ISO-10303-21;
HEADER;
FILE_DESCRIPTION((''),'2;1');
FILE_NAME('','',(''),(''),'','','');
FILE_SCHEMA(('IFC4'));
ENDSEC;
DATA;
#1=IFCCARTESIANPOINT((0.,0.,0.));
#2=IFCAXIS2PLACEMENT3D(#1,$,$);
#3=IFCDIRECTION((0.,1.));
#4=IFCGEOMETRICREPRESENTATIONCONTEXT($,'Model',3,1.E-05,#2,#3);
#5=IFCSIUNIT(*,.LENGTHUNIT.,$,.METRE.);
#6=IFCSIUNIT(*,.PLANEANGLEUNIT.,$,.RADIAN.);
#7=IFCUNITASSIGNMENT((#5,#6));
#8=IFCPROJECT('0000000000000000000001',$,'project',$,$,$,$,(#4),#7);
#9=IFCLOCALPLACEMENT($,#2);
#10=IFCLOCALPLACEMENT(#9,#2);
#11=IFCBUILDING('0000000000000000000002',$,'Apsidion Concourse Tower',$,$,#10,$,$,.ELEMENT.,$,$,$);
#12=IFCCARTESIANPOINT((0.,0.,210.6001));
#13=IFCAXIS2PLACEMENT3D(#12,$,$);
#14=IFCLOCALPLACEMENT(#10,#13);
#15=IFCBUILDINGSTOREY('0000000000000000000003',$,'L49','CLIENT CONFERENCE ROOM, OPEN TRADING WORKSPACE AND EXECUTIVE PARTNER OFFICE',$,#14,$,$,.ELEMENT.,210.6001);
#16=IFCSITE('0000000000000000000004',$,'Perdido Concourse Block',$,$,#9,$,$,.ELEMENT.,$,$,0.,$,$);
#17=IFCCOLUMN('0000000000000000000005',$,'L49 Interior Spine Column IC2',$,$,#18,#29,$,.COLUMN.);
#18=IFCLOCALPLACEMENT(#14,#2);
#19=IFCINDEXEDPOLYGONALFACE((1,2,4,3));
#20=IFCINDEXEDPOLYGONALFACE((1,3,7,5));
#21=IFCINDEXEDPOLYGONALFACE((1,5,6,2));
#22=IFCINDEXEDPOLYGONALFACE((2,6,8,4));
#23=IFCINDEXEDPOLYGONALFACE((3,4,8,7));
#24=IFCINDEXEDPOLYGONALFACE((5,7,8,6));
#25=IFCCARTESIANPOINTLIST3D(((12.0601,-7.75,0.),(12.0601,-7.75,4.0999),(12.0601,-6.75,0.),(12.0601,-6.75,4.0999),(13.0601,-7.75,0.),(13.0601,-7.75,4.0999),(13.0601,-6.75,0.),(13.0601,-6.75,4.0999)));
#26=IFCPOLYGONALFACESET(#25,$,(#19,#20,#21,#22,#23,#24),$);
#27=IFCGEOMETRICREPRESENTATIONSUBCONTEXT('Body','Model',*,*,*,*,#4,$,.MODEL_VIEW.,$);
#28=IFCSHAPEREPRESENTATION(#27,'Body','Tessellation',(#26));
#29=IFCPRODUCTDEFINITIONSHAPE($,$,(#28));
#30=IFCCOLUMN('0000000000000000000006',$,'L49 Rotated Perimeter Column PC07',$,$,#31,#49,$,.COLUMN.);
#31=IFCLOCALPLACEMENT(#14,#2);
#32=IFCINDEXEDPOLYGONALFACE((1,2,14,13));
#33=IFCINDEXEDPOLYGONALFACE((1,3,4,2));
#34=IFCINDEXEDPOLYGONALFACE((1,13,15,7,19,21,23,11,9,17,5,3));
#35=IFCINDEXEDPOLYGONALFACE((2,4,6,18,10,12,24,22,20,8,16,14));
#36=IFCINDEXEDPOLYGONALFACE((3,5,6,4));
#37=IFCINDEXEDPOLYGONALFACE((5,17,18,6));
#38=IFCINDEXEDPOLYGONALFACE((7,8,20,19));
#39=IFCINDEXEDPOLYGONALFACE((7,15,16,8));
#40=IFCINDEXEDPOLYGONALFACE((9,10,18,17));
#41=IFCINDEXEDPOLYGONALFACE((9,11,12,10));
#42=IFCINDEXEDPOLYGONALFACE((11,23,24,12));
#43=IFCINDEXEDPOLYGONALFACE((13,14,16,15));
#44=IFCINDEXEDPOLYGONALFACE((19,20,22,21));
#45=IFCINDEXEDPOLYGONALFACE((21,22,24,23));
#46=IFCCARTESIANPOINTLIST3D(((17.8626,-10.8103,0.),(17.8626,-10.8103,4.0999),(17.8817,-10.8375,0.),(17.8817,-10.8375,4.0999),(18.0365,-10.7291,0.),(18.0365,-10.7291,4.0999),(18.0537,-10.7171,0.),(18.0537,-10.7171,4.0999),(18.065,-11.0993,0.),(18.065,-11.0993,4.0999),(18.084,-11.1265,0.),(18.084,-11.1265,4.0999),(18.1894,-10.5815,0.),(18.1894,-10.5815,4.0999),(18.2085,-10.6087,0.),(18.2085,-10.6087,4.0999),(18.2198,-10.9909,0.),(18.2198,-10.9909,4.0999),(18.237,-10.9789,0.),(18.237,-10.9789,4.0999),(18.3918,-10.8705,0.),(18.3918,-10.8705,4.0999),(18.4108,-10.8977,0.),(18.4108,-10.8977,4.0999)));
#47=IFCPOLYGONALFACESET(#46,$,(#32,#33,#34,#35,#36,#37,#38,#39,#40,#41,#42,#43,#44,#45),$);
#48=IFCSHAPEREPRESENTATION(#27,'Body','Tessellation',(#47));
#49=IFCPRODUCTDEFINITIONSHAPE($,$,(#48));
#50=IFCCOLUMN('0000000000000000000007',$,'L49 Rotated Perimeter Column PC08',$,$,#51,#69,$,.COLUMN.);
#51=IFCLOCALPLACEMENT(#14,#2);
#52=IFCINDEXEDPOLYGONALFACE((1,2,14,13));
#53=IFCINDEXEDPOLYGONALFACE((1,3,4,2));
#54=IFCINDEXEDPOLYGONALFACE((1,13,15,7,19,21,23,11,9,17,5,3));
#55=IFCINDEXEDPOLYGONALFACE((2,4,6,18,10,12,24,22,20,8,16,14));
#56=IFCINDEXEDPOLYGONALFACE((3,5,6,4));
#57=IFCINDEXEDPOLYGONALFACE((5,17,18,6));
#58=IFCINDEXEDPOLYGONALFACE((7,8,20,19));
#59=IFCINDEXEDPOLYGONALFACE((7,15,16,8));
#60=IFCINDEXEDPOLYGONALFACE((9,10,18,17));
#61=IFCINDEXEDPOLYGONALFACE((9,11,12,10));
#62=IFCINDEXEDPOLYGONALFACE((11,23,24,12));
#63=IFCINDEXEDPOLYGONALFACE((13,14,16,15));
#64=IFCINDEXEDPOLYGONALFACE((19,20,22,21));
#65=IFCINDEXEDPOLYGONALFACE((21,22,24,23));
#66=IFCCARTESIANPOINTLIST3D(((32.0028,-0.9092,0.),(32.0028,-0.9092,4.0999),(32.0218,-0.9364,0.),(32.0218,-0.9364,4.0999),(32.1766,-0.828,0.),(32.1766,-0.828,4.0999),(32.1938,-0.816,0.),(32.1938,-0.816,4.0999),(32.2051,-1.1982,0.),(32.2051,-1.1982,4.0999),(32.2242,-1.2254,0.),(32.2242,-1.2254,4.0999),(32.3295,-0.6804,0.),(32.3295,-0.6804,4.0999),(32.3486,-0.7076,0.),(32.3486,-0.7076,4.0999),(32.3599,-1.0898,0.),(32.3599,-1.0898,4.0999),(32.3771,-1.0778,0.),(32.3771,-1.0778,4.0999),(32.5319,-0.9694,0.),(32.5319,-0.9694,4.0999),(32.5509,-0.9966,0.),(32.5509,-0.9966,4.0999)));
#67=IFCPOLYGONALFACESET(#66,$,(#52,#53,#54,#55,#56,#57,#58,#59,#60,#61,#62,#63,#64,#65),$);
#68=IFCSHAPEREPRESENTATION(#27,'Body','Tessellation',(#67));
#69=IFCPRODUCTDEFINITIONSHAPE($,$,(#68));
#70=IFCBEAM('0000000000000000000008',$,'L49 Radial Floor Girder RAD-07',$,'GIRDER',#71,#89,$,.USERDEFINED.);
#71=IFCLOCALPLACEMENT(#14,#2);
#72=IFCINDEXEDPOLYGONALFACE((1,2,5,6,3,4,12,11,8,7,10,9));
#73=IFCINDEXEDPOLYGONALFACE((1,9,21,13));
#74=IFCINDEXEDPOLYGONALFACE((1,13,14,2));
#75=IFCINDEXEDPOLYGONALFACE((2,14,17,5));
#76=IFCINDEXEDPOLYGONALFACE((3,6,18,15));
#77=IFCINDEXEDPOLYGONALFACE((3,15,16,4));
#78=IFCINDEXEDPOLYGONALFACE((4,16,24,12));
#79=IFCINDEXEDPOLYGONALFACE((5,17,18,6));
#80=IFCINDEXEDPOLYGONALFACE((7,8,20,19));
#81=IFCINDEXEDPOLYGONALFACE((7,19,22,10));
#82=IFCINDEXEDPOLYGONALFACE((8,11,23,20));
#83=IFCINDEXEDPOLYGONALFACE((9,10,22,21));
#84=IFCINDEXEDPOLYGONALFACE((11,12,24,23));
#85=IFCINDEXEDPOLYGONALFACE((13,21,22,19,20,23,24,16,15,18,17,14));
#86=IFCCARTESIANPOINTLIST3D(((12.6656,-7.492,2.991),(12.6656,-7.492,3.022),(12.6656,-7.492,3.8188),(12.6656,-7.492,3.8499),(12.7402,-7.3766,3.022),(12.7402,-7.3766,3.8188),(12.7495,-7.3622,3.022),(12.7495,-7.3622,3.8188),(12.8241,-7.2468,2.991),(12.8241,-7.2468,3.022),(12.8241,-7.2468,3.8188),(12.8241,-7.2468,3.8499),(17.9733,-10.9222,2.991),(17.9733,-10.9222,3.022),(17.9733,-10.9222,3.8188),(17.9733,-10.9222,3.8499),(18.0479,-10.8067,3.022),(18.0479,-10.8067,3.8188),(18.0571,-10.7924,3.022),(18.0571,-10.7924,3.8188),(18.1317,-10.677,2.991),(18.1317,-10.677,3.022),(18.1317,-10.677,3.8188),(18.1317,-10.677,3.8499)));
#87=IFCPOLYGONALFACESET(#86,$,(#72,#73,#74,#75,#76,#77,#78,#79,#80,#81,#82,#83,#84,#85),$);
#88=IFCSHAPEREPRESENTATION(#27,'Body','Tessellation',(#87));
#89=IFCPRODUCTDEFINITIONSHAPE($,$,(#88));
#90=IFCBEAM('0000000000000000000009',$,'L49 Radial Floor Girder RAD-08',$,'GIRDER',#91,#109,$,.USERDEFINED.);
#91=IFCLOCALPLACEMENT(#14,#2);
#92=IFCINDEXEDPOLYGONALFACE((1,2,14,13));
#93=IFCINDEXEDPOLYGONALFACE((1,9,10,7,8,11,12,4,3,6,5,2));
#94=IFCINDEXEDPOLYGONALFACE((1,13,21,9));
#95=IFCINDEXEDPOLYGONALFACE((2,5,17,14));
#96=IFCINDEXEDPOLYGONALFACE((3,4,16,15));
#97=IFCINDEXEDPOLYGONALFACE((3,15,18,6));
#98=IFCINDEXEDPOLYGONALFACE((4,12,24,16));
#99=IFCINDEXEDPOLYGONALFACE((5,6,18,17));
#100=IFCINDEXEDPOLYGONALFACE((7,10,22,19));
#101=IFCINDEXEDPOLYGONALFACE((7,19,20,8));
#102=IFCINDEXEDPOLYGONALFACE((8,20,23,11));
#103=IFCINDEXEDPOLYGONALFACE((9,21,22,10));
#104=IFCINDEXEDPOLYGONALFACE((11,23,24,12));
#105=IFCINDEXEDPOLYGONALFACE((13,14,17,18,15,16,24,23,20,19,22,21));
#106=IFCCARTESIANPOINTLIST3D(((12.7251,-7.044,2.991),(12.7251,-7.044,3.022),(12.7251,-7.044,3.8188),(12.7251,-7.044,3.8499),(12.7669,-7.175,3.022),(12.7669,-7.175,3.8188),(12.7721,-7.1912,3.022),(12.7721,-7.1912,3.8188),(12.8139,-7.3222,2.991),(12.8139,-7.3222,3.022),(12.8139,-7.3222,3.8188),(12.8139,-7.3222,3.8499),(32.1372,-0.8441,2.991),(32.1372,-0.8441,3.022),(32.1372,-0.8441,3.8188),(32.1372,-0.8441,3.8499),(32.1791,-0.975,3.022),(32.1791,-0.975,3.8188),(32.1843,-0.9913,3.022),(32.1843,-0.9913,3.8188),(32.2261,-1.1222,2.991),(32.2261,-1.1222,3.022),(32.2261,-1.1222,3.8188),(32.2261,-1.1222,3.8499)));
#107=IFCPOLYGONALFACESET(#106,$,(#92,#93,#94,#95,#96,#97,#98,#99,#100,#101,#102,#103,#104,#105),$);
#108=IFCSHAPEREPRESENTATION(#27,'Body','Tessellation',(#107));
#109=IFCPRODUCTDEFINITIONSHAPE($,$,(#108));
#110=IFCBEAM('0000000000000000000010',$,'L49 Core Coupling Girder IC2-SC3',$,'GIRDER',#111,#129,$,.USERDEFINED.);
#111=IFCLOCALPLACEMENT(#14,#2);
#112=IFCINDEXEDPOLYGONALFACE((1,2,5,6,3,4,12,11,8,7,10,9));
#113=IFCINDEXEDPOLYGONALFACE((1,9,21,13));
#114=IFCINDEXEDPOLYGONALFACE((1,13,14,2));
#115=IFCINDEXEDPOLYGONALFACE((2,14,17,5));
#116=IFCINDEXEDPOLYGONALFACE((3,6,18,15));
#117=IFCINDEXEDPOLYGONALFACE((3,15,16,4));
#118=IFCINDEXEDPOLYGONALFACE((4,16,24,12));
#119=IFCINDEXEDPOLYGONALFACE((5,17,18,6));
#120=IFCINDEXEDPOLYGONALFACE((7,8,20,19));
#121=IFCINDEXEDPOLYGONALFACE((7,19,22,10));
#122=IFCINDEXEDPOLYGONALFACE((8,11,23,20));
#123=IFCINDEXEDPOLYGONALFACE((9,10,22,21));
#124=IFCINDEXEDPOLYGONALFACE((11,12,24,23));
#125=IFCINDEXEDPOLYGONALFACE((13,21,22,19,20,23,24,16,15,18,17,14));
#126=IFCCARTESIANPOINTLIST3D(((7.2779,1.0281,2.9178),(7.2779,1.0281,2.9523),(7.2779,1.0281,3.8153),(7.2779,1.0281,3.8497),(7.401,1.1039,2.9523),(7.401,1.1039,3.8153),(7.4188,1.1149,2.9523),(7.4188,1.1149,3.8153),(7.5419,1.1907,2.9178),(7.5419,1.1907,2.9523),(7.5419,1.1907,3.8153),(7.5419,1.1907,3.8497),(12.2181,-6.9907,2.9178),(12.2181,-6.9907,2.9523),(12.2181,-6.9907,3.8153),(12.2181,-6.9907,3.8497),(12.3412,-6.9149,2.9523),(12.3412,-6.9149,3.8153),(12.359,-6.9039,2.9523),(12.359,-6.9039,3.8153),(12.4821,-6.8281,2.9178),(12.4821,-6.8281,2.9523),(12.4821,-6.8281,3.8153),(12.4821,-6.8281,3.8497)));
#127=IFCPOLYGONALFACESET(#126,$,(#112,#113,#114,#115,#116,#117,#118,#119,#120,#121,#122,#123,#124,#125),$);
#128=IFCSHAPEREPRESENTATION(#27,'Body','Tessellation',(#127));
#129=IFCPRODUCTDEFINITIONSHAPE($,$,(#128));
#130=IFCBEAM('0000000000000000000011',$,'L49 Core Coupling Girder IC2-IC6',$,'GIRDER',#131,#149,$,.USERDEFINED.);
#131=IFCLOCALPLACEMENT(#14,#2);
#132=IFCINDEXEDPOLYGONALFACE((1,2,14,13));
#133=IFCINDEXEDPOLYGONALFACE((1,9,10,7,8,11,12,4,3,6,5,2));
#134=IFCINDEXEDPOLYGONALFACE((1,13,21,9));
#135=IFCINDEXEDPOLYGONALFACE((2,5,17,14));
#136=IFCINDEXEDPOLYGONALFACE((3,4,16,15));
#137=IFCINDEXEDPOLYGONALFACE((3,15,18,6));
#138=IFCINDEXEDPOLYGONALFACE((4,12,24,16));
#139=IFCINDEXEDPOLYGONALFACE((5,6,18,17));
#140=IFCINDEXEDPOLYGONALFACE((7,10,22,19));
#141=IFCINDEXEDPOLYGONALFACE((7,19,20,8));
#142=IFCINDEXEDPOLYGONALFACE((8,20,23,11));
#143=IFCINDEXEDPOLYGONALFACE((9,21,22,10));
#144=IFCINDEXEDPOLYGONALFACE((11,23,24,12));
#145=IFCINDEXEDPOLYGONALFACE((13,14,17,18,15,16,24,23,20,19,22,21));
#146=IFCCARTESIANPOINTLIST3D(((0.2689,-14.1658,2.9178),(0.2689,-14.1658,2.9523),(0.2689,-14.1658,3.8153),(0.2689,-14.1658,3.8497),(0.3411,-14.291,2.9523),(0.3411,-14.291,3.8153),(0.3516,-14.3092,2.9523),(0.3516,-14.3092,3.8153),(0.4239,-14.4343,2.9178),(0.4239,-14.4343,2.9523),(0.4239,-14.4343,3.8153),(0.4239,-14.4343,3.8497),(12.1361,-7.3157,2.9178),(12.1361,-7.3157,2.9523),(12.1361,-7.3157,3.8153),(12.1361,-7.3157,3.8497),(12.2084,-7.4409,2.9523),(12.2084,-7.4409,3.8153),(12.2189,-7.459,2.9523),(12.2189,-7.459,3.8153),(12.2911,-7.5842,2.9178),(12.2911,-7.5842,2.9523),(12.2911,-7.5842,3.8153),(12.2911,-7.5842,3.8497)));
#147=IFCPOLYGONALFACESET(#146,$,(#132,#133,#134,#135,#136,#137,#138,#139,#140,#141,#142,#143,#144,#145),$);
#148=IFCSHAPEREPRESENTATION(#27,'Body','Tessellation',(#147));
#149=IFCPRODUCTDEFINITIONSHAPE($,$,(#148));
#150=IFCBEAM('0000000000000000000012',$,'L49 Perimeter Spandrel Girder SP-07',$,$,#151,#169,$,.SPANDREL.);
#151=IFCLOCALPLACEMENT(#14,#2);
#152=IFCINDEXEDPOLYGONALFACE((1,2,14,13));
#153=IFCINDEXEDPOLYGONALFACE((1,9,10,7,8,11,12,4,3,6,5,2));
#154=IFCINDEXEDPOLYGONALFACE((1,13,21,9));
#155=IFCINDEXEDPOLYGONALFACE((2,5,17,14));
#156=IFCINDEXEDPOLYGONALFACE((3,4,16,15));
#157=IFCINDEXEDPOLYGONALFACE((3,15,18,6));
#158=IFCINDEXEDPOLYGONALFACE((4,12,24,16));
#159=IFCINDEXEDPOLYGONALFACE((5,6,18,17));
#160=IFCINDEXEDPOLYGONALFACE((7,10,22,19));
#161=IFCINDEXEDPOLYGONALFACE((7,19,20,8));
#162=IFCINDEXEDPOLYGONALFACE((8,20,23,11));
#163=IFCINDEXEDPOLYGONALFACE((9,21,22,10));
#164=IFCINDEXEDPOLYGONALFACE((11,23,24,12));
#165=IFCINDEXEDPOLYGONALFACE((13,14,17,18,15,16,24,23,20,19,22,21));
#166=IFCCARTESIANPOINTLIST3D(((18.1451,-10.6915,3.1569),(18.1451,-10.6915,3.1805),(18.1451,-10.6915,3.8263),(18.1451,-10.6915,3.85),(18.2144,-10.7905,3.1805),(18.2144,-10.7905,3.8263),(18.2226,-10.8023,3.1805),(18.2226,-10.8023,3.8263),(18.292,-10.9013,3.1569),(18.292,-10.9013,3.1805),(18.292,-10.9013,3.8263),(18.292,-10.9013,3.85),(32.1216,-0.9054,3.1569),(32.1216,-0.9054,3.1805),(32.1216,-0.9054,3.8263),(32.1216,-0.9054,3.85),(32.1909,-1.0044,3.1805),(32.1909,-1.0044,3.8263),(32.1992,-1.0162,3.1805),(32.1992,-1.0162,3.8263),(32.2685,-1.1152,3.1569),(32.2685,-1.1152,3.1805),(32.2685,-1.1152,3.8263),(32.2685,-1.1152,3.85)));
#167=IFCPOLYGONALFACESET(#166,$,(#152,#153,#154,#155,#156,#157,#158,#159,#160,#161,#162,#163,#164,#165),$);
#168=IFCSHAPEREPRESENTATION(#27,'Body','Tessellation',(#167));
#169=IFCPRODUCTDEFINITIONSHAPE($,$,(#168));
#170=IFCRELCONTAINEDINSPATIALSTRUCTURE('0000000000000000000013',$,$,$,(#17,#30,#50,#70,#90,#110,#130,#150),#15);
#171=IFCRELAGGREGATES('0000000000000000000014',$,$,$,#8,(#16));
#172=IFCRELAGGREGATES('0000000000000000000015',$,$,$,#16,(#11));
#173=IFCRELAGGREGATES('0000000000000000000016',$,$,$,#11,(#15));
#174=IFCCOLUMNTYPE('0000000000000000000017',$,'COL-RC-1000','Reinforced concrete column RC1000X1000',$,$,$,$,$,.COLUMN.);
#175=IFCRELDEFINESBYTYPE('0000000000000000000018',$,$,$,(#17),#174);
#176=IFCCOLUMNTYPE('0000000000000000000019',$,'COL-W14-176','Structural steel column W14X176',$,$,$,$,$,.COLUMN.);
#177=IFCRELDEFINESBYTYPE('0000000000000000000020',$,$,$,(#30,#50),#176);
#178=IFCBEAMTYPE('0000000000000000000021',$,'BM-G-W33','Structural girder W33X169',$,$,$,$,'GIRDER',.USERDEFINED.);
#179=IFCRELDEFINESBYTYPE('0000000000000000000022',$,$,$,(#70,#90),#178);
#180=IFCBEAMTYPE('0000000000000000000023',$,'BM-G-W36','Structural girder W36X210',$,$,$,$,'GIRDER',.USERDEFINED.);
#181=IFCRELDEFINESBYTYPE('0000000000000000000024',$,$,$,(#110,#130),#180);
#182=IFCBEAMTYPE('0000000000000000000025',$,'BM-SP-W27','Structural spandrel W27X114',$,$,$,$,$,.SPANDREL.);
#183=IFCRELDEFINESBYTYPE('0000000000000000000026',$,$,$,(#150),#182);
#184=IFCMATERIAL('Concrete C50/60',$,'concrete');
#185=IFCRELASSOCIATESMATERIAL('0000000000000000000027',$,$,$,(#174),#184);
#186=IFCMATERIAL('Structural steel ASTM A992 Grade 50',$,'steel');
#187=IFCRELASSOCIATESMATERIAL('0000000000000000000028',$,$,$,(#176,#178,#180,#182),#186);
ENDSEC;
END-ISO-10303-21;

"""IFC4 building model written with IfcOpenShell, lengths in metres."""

from ifc_helpers import new_model, si_unit, direction, frame, origin, origin_2d, place, context, subcontext, project, spatial, rectangle, i_section, extrude, material, material_profile, profile_set, type_object, element, save


model = new_model("IFC4")

# Units and contexts
model_context = context("Model", 3, precision=1e-05, world=origin(), true_north=direction((0.0, 1.0)))
body_context = subcontext(model_context, "Body", "Model", "MODEL_VIEW")
ifc_project = project(units=[si_unit("LENGTHUNIT", "METRE"), si_unit("PLANEANGLEUNIT", "RADIAN")], contexts=[model_context])

# Site, building, storey
site_placement = place(None, origin())
site = spatial("IfcSite", under=ifc_project, at=site_placement, Name="Perdido Concourse Block", CompositionType="ELEMENT", RefElevation=0.0)
building_placement = place(site_placement, origin())
building = spatial("IfcBuilding", under=site, at=building_placement, Name="Apsidion Concourse Tower", CompositionType="ELEMENT")
storey_placement = place(building_placement, frame((0.0, 0.0, 210.6001)))
storey = spatial("IfcBuildingStorey", under=building, at=storey_placement, Name="L49", Description="CLIENT CONFERENCE ROOM, OPEN TRADING WORKSPACE AND EXECUTIVE PARTNER OFFICE", CompositionType="ELEMENT", Elevation=210.6001)

# Columns
ifc_material_1 = material(Name="Concrete C50/60", Category="concrete")
ifc_material_profile_1 = material_profile(ifc_material_1, rectangle(XDim=1.0, YDim=1.0, at=origin_2d()), Name="RC 1000x1000")
ifc_profile_set_1 = profile_set([ifc_material_profile_1], Name="Concrete C50/60")
column_type_1 = type_object("IfcColumnType", Name="COL-RC-1000", Description="Reinforced concrete column RC1000X1000", PredefinedType="COLUMN", material=ifc_profile_set_1)
column_placement = place(storey_placement, frame((12.5601, -7.25, 0.0), z_axis=(0.0, 0.0, 1.0), x_axis=(1.0, 0.0, 0.0)))
element("IfcColumn", 1, at=column_placement, inside=storey, type_object=column_type_1, Name="L49 Interior Spine Column IC2", PredefinedType="COLUMN", context=body_context, shape_type="SweptSolid", body=[
    extrude(rectangle(XDim=1.0, YDim=1.0, at=origin_2d()), origin(), (0.0, 0.0, 1.0), 4.0999),
])
ifc_material_2 = material(Name="Structural steel ASTM A992 Grade 50", Category="steel")
ifc_material_profile_2 = material_profile(ifc_material_2, i_section(OverallWidth=0.3989, OverallDepth=0.386, WebThickness=0.021, FlangeThickness=0.0332, at=origin_2d()), Name="W14X176")
ifc_profile_set_2 = profile_set([ifc_material_profile_2], Name="Structural steel ASTM A992 Grade 50")
column_type_2 = type_object("IfcColumnType", Name="COL-W14-176", Description="Structural steel column W14X176", PredefinedType="COLUMN", material=ifc_profile_set_2)
for number, where, z_axis, x_axis, name in (
    (2, (18.1367, -10.854, 0.0), (0.0, 0.0, 1.0), (0.819152, 0.573576, 0.0), "L49 Rotated Perimeter Column PC07"),
    (3, (32.2769, -0.9529, 0.0), (0.0, 0.0, 1.0), (0.819152, 0.573576, 0.0), "L49 Rotated Perimeter Column PC08"),
):
    element("IfcColumn", number, at=place(storey_placement, frame(where, z_axis=z_axis, x_axis=x_axis)), inside=storey, type_object=column_type_2, Name=name, PredefinedType="COLUMN", context=body_context, shape_type="SweptSolid", body=[
        extrude(i_section(OverallWidth=0.3989, OverallDepth=0.386, WebThickness=0.021, FlangeThickness=0.0332, at=origin_2d()), origin(), (0.0, 0.0, 1.0), 4.0999),
    ])

# Beams
ifc_material_profile_3 = material_profile(ifc_material_2, i_section(OverallWidth=0.292, OverallDepth=0.8589, WebThickness=0.0171, FlangeThickness=0.031, at=origin_2d()), Name="W33X169")
ifc_profile_set_3 = profile_set([ifc_material_profile_3], Name="Structural steel ASTM A992 Grade 50")
beam_type_1 = type_object("IfcBeamType", Name="BM-G-W33", Description="Structural girder W33X169", ElementType="GIRDER", PredefinedType="USERDEFINED", material=ifc_profile_set_3)
beam_1_placement = place(storey_placement, frame((12.7449, -7.3694, 3.4204), z_axis=(0.839871, -0.542787, 0.0), x_axis=(0.542787, 0.839871, 0.0)))
element("IfcBeam", 4, at=beam_1_placement, inside=storey, type_object=beam_type_1, Name="L49 Radial Floor Girder RAD-07", ObjectType="GIRDER", PredefinedType="USERDEFINED", context=body_context, shape_type="SweptSolid", body=[
    extrude(i_section(OverallWidth=0.292, OverallDepth=0.8589, WebThickness=0.0171, FlangeThickness=0.031, at=origin_2d()), origin(), (0.0, 0.0, 1.0), 6.3196),
])
beam_2_placement = place(storey_placement, frame((12.7695, -7.1831, 3.4204), z_axis=(0.952594, 0.304245, 0.0), x_axis=(-0.304245, 0.952594, 0.0)))
element("IfcBeam", 5, at=beam_2_placement, inside=storey, type_object=beam_type_1, Name="L49 Radial Floor Girder RAD-08", ObjectType="GIRDER", PredefinedType="USERDEFINED", context=body_context, shape_type="SweptSolid", body=[
    extrude(i_section(OverallWidth=0.292, OverallDepth=0.8589, WebThickness=0.0171, FlangeThickness=0.031, at=origin_2d()), origin(), (0.0, 0.0, 1.0), 20.3782),
])
ifc_material_profile_4 = material_profile(ifc_material_2, i_section(OverallWidth=0.3101, OverallDepth=0.9319, WebThickness=0.021, FlangeThickness=0.0344, at=origin_2d()), Name="W36X210")
ifc_profile_set_4 = profile_set([ifc_material_profile_4], Name="Structural steel ASTM A992 Grade 50")
beam_type_2 = type_object("IfcBeamType", Name="BM-G-W36", Description="Structural girder W36X210", ElementType="GIRDER", PredefinedType="USERDEFINED", material=ifc_profile_set_4)
beam_3_placement = place(storey_placement, frame((12.3501, -6.9094, 3.3838), z_axis=(-0.524524, 0.851396, 0.0), x_axis=(-0.851396, -0.524524, 0.0)))
element("IfcBeam", 6, at=beam_3_placement, inside=storey, type_object=beam_type_2, Name="L49 Core Coupling Girder IC2-SC3", ObjectType="GIRDER", PredefinedType="USERDEFINED", context=body_context, shape_type="SweptSolid", body=[
    extrude(i_section(OverallWidth=0.3101, OverallDepth=0.9319, WebThickness=0.021, FlangeThickness=0.0344, at=origin_2d()), origin(), (0.0, 0.0, 1.0), 9.4185),
])
beam_4_placement = place(storey_placement, frame((12.2136, -7.45, 3.3838), z_axis=(-0.86607, -0.499922, 0.0), x_axis=(0.499922, -0.86607, 0.0)))
element("IfcBeam", 7, at=beam_4_placement, inside=storey, type_object=beam_type_2, Name="L49 Core Coupling Girder IC2-IC6", ObjectType="GIRDER", PredefinedType="USERDEFINED", context=body_context, shape_type="SweptSolid", body=[
    extrude(i_section(OverallWidth=0.3101, OverallDepth=0.9319, WebThickness=0.021, FlangeThickness=0.0344, at=origin_2d()), origin(), (0.0, 0.0, 1.0), 13.7024),
])
ifc_material_profile_5 = material_profile(ifc_material_2, i_section(OverallWidth=0.2561, OverallDepth=0.6931, WebThickness=0.0144, FlangeThickness=0.0237, at=origin_2d()), Name="W27X114")
ifc_profile_set_5 = profile_set([ifc_material_profile_5], Name="Structural steel ASTM A992 Grade 50")
beam_type_3 = type_object("IfcBeamType", Name="BM-SP-W27", Description="Structural spandrel W27X114", PredefinedType="SPANDREL", material=ifc_profile_set_5)
beam_5_placement = place(storey_placement, frame((18.2185, -10.7964, 3.5034), z_axis=(0.819162, 0.573562, 0.0), x_axis=(-0.573562, 0.819162, 0.0)))
element("IfcBeam", 8, at=beam_5_placement, inside=storey, type_object=beam_type_3, Name="L49 Perimeter Spandrel Girder SP-07", PredefinedType="SPANDREL", context=body_context, shape_type="SweptSolid", body=[
    extrude(i_section(OverallWidth=0.2561, OverallDepth=0.6931, WebThickness=0.0144, FlangeThickness=0.0237, at=origin_2d()), origin(), (0.0, 0.0, 1.0), 17.062),
])

save(model, "model.ifc")
